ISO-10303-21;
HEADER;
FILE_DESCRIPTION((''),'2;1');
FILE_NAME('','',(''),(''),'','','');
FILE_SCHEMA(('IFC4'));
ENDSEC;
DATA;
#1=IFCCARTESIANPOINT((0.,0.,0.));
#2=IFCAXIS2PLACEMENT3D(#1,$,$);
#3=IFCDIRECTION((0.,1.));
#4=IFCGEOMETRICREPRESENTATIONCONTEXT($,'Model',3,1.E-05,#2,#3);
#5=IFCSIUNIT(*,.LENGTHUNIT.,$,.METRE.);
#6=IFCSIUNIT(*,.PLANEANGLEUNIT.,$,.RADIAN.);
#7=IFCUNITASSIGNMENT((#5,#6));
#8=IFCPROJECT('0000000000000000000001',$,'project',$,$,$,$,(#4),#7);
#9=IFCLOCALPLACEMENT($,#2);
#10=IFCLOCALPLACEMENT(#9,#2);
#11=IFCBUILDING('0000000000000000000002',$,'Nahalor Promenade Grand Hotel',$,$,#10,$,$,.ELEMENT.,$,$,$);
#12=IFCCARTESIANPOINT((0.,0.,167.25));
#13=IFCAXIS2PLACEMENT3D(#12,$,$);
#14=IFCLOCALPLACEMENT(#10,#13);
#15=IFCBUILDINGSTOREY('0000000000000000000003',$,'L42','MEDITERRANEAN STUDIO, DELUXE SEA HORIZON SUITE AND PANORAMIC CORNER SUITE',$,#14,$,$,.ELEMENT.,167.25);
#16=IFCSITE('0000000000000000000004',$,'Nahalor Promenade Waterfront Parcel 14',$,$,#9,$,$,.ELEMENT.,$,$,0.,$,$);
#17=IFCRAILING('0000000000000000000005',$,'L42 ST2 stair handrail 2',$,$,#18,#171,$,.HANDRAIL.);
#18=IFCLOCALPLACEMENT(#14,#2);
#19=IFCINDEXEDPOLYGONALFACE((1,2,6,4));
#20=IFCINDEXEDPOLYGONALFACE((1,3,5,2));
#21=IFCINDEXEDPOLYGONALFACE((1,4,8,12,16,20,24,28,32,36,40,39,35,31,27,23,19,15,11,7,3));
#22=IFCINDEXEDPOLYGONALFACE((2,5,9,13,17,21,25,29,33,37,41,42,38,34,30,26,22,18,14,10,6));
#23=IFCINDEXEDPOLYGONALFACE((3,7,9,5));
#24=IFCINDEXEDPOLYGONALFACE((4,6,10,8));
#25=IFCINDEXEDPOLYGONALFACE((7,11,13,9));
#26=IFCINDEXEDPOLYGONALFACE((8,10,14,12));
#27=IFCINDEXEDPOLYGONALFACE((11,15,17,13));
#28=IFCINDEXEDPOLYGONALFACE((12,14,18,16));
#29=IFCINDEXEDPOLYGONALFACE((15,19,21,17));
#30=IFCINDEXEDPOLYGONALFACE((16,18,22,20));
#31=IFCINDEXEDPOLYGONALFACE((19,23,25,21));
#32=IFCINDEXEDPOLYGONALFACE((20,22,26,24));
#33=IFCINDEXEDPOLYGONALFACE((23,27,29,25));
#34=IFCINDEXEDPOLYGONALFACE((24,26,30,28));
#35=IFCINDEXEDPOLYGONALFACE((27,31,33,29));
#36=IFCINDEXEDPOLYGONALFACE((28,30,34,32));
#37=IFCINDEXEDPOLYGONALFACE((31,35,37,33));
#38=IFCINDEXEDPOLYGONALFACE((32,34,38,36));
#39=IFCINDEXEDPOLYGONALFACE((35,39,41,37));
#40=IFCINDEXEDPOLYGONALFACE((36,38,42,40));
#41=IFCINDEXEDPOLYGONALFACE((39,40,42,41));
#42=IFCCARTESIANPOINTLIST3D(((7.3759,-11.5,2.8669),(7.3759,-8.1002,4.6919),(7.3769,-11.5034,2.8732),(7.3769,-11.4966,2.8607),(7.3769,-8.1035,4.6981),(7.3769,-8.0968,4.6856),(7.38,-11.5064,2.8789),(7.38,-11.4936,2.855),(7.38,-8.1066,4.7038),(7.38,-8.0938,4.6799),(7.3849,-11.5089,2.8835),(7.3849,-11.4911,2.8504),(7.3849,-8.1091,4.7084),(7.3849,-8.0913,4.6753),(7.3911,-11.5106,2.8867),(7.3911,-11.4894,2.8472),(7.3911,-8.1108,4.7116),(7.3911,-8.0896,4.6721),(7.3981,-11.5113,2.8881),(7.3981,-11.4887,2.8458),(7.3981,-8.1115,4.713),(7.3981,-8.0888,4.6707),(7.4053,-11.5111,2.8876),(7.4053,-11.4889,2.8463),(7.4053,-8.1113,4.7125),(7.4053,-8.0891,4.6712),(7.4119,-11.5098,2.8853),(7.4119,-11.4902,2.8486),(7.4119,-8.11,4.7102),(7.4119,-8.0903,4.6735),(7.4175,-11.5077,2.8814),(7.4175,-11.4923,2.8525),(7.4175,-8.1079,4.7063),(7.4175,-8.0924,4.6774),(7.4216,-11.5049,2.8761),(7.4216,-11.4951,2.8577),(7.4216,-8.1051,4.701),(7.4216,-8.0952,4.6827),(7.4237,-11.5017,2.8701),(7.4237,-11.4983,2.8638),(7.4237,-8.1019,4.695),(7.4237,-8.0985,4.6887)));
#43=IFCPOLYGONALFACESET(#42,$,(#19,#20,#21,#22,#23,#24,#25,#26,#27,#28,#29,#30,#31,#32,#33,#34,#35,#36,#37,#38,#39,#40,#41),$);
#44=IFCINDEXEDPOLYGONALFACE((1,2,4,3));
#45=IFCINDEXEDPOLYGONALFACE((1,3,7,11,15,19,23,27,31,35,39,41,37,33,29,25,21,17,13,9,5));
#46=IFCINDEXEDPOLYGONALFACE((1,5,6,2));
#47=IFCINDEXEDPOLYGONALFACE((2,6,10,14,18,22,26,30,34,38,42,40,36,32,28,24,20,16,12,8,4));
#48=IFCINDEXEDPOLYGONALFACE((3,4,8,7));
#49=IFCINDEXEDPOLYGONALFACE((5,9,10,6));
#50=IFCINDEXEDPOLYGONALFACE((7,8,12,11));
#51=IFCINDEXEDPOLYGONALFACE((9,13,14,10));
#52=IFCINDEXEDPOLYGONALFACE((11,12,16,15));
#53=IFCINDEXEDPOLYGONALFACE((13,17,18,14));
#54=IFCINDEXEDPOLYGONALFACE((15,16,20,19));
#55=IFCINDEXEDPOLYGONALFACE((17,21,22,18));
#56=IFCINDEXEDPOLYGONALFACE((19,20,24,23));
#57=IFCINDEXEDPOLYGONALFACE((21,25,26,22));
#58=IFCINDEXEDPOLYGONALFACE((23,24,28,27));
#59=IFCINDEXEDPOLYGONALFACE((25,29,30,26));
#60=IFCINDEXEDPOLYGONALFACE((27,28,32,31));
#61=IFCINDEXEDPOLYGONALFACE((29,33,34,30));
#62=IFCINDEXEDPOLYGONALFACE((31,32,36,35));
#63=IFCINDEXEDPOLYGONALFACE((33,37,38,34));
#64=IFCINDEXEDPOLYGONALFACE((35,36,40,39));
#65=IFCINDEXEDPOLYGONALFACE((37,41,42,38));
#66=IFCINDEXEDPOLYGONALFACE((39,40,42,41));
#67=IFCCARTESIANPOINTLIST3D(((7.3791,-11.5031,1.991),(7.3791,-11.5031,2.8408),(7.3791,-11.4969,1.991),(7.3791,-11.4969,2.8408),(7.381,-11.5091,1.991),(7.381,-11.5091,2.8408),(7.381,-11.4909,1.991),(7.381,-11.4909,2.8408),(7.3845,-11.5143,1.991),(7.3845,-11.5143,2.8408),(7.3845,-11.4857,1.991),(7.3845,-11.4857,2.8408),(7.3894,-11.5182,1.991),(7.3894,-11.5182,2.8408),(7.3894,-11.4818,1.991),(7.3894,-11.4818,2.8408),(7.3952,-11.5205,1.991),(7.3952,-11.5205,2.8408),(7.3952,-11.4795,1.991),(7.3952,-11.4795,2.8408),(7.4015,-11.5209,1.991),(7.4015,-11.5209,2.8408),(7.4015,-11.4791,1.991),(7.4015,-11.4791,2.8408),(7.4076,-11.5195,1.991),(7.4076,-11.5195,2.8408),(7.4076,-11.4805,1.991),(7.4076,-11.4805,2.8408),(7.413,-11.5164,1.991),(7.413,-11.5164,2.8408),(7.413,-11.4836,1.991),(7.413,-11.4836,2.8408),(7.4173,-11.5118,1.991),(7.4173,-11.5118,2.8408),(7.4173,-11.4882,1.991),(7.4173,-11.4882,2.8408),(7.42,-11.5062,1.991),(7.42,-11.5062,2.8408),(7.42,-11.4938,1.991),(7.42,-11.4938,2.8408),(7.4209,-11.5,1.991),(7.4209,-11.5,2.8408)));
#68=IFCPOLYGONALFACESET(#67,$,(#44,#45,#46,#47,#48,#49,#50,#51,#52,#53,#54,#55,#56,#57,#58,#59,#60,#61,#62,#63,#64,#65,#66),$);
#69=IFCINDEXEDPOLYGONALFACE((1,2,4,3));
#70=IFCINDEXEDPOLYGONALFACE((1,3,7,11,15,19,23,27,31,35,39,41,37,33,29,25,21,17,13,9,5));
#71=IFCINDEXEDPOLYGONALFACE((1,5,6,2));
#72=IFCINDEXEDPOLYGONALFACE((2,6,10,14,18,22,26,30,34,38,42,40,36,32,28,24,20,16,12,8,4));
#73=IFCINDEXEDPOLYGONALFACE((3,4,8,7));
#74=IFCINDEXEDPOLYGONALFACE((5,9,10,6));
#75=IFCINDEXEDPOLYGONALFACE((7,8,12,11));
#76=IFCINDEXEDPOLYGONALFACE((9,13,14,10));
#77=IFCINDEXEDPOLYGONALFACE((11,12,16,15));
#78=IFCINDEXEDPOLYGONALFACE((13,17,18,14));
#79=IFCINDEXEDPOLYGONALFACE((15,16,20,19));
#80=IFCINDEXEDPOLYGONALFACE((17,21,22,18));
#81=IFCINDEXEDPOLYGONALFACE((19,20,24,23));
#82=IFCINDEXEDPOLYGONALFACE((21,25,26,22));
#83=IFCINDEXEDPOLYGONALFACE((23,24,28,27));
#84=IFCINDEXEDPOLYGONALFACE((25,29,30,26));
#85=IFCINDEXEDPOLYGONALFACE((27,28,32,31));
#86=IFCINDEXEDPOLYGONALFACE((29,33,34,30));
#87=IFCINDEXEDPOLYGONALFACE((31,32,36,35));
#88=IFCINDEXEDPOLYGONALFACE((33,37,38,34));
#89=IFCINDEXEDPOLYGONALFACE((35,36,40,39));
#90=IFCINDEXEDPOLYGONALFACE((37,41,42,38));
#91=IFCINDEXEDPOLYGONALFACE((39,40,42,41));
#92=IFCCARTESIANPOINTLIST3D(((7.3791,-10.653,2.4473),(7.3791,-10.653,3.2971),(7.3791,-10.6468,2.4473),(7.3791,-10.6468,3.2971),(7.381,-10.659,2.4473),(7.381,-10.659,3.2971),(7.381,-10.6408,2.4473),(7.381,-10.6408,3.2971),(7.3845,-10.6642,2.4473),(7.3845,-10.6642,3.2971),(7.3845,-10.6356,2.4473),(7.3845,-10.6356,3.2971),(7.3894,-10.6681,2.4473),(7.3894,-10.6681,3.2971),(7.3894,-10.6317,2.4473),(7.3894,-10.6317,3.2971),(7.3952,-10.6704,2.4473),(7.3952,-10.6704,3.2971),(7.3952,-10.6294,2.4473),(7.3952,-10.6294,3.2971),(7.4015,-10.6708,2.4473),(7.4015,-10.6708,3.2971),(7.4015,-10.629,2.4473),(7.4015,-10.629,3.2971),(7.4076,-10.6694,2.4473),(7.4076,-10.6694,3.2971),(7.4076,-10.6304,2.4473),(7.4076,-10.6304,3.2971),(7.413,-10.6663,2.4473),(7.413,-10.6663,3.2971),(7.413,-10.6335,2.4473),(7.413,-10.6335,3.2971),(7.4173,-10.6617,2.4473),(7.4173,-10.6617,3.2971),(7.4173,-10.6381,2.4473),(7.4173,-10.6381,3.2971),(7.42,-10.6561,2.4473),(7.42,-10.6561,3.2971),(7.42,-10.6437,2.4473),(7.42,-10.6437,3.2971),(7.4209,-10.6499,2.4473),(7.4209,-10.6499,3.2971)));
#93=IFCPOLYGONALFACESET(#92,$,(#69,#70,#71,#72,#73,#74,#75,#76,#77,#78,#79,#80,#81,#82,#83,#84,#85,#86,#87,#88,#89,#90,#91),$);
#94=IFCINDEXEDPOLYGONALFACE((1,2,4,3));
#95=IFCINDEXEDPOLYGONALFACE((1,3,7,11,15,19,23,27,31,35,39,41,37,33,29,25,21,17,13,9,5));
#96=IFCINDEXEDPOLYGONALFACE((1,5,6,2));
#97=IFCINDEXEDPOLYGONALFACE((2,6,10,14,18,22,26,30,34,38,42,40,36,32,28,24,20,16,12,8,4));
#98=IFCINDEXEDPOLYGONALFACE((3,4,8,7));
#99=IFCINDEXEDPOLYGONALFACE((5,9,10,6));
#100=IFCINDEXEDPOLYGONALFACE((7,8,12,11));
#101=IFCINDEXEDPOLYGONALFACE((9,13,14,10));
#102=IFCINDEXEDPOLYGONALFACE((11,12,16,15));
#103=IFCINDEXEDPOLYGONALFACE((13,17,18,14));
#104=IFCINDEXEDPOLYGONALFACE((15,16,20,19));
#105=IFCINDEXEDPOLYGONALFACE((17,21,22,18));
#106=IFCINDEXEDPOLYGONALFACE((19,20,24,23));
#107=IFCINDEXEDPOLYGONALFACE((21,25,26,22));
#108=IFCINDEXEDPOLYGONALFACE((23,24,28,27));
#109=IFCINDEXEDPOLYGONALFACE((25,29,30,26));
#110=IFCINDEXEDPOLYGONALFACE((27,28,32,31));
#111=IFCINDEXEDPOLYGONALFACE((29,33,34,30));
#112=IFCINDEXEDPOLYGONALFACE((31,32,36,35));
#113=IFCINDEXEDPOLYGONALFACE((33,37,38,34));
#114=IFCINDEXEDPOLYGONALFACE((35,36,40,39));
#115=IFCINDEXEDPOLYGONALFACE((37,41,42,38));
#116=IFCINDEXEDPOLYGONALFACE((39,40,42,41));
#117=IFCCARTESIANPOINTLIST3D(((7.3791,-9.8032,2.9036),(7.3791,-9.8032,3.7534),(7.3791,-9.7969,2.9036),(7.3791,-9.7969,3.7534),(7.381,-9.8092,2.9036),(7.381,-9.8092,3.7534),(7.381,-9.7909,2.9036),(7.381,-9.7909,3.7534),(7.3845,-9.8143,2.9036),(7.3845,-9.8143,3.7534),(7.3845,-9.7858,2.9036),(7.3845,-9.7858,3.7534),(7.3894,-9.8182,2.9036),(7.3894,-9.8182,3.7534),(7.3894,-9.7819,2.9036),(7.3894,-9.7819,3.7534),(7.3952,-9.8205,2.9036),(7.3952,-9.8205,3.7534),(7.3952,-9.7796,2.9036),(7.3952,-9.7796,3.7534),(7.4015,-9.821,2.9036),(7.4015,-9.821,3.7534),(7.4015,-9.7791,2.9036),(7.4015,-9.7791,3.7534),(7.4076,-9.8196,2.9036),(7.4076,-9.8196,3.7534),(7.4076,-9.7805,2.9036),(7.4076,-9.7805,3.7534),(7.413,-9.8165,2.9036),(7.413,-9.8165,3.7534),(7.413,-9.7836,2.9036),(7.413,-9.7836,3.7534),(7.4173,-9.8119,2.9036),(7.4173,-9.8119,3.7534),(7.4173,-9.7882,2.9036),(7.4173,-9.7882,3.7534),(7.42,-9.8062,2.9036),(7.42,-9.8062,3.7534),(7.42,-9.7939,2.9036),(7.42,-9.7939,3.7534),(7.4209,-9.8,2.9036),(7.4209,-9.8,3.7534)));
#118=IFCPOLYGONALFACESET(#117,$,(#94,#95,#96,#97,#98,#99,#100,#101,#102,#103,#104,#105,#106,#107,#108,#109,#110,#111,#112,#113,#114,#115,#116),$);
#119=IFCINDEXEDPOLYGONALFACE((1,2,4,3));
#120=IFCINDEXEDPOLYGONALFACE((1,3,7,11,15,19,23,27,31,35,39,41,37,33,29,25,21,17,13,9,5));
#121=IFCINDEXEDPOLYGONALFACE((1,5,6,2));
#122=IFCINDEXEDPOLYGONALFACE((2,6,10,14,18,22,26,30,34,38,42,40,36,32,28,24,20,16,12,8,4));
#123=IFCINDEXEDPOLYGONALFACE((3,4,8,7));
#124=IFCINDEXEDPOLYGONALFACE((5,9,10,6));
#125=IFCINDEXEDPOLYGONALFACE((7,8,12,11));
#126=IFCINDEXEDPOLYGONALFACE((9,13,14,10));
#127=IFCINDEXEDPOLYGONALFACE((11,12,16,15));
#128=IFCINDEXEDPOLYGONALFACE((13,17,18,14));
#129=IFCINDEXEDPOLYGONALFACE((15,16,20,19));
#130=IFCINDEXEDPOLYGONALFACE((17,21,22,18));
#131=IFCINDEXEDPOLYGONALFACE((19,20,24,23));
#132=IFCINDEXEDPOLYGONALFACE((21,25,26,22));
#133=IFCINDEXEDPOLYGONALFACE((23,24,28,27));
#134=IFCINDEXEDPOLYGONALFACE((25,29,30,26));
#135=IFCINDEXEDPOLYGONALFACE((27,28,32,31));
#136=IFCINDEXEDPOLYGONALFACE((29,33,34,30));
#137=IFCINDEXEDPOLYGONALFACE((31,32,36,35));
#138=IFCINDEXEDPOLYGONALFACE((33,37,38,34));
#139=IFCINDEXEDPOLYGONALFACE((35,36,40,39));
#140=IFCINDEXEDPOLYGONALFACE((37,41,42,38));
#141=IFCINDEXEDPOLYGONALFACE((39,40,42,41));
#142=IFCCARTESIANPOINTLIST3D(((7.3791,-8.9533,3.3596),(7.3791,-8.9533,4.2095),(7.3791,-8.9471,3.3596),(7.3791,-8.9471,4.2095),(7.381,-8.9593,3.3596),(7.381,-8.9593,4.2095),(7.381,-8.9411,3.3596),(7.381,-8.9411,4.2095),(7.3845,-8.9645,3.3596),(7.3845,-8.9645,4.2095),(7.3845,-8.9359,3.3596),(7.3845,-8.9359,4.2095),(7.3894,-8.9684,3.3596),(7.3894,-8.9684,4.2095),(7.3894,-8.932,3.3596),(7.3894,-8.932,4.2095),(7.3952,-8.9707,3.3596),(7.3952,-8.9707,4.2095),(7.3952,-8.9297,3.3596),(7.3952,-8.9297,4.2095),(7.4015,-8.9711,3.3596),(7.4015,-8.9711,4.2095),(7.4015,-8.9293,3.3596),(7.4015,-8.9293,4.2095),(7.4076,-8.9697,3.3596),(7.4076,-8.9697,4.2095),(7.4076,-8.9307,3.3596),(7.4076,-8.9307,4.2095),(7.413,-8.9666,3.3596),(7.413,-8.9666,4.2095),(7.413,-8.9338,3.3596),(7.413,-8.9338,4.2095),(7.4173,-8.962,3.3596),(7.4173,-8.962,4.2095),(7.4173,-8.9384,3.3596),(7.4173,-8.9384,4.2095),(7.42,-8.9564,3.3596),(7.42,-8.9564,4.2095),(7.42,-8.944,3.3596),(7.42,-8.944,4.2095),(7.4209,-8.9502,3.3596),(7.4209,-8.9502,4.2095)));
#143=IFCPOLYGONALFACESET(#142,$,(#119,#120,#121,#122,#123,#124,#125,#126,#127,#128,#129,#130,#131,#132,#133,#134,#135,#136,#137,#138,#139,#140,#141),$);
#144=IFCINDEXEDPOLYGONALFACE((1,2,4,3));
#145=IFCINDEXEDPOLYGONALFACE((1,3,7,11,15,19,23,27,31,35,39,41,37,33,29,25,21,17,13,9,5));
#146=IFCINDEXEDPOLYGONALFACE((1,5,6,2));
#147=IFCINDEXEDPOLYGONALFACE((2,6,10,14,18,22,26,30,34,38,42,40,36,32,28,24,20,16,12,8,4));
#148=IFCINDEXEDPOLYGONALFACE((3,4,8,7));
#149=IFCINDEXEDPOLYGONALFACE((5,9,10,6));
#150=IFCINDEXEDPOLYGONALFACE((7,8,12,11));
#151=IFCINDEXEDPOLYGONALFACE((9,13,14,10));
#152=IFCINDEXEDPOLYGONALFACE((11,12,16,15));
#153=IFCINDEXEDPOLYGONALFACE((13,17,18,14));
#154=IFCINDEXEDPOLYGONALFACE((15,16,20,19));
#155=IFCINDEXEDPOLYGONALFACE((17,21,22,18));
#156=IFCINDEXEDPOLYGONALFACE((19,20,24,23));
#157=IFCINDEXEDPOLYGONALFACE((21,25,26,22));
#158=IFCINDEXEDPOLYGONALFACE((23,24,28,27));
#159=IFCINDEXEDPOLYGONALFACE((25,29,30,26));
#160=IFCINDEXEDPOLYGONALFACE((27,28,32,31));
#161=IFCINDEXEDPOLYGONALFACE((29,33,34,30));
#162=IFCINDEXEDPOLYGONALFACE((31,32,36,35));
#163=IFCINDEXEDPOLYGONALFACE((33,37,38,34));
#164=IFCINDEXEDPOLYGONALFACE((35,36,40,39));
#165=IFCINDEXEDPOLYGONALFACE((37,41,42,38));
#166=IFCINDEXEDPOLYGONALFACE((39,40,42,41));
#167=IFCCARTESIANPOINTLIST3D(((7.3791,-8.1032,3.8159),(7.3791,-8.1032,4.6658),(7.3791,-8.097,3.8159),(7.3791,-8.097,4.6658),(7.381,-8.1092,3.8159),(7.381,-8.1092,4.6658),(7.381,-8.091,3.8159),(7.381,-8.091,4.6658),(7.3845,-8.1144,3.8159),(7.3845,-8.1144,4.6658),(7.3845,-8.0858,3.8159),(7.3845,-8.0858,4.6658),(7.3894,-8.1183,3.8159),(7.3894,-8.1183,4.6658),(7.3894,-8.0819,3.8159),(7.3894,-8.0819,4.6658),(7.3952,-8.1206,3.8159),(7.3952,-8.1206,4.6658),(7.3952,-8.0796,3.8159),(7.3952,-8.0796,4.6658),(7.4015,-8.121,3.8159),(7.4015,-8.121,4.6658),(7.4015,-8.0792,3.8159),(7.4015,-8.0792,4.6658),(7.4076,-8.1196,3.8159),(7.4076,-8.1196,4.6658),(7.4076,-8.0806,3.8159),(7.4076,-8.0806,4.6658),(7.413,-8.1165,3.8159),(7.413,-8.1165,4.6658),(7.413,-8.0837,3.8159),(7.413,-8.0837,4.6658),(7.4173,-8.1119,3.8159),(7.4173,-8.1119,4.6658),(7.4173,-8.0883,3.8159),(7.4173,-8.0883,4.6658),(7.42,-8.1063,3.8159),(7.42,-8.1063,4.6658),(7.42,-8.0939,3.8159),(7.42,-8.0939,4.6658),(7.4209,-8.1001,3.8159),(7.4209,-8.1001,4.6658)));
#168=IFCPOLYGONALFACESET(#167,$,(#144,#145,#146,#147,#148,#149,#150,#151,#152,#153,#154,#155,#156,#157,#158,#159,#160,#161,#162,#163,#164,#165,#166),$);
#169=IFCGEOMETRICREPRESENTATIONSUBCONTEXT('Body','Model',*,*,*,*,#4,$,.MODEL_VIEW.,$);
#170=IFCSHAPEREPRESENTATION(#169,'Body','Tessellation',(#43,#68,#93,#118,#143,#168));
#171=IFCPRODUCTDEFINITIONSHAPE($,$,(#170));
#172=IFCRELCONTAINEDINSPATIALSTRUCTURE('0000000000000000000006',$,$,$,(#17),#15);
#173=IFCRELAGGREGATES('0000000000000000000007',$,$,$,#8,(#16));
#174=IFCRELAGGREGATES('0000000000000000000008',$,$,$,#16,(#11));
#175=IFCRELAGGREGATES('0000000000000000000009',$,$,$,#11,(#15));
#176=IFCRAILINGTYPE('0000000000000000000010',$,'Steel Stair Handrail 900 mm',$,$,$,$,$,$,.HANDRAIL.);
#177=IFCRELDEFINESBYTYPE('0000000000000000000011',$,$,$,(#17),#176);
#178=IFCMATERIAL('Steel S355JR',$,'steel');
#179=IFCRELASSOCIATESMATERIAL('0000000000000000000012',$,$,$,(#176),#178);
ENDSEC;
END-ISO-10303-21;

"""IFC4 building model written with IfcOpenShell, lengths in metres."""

from ifc_helpers import new_model, si_unit, direction, frame, origin, origin_2d, place, context, subcontext, project, spatial, circle, extrude, material, type_object, element, save


model = new_model("IFC4")

# Units and contexts
model_context = context("Model", 3, precision=1e-05, world=origin(), true_north=direction((0.0, 1.0)))
body_context = subcontext(model_context, "Body", "Model", "MODEL_VIEW")
ifc_project = project(units=[si_unit("LENGTHUNIT", "METRE"), si_unit("PLANEANGLEUNIT", "RADIAN")], contexts=[model_context])

# Site, building, storey
site_placement = place(None, origin())
site = spatial("IfcSite", under=ifc_project, at=site_placement, Name="Nahalor Promenade Waterfront Parcel 14", CompositionType="ELEMENT", RefElevation=0.0)
building_placement = place(site_placement, origin())
building = spatial("IfcBuilding", under=site, at=building_placement, Name="Nahalor Promenade Grand Hotel", CompositionType="ELEMENT")
storey_placement = place(building_placement, frame((0.0, 0.0, 167.25)))
storey = spatial("IfcBuildingStorey", under=building, at=storey_placement, Name="L42", Description="MEDITERRANEAN STUDIO, DELUXE SEA HORIZON SUITE AND PANORAMIC CORNER SUITE", CompositionType="ELEMENT", Elevation=167.25)

# Shared definitions
ifc_material_1 = material(Name="Steel S355JR", Category="steel")

# Railing
railing_type_1 = type_object("IfcRailingType", Name="Steel Stair Handrail 900 mm", PredefinedType="HANDRAIL", material=ifc_material_1)
railing_1_placement = place(storey_placement, frame((7.3999, -11.5, 1.991)))
element("IfcRailing", 1, at=railing_1_placement, inside=storey, type_object=railing_type_1, Name="L42 ST2 stair handrail 2", PredefinedType="HANDRAIL", context=body_context, shape_type="SweptSolid", body=[
    extrude(circle(Radius=0.024, at=origin_2d()), frame((0.0, 0.0, 0.876), z_axis=(0.0, 0.881094, 0.472941), x_axis=(-1.0, 0.0, 0.0)), (0.0, 0.0, 1.0), 3.8586),
    extrude(circle(Radius=0.021, at=origin_2d()), origin(), (0.0, 0.0, 1.0), 0.8499),
    extrude(circle(Radius=0.021, at=origin_2d()), frame((0.0, 0.8501, 0.4563)), (0.0, 0.0, 1.0), 0.8499),
    extrude(circle(Radius=0.021, at=origin_2d()), frame((0.0, 1.7, 0.9126)), (0.0, 0.0, 1.0), 0.8499),
    extrude(circle(Radius=0.021, at=origin_2d()), frame((0.0, 2.5498, 1.3687)), (0.0, 0.0, 1.0), 0.8499),
    extrude(circle(Radius=0.021, at=origin_2d()), frame((0.0, 3.3999, 1.825)), (0.0, 0.0, 1.0), 0.8499),
])

save(model, "model.ifc")
